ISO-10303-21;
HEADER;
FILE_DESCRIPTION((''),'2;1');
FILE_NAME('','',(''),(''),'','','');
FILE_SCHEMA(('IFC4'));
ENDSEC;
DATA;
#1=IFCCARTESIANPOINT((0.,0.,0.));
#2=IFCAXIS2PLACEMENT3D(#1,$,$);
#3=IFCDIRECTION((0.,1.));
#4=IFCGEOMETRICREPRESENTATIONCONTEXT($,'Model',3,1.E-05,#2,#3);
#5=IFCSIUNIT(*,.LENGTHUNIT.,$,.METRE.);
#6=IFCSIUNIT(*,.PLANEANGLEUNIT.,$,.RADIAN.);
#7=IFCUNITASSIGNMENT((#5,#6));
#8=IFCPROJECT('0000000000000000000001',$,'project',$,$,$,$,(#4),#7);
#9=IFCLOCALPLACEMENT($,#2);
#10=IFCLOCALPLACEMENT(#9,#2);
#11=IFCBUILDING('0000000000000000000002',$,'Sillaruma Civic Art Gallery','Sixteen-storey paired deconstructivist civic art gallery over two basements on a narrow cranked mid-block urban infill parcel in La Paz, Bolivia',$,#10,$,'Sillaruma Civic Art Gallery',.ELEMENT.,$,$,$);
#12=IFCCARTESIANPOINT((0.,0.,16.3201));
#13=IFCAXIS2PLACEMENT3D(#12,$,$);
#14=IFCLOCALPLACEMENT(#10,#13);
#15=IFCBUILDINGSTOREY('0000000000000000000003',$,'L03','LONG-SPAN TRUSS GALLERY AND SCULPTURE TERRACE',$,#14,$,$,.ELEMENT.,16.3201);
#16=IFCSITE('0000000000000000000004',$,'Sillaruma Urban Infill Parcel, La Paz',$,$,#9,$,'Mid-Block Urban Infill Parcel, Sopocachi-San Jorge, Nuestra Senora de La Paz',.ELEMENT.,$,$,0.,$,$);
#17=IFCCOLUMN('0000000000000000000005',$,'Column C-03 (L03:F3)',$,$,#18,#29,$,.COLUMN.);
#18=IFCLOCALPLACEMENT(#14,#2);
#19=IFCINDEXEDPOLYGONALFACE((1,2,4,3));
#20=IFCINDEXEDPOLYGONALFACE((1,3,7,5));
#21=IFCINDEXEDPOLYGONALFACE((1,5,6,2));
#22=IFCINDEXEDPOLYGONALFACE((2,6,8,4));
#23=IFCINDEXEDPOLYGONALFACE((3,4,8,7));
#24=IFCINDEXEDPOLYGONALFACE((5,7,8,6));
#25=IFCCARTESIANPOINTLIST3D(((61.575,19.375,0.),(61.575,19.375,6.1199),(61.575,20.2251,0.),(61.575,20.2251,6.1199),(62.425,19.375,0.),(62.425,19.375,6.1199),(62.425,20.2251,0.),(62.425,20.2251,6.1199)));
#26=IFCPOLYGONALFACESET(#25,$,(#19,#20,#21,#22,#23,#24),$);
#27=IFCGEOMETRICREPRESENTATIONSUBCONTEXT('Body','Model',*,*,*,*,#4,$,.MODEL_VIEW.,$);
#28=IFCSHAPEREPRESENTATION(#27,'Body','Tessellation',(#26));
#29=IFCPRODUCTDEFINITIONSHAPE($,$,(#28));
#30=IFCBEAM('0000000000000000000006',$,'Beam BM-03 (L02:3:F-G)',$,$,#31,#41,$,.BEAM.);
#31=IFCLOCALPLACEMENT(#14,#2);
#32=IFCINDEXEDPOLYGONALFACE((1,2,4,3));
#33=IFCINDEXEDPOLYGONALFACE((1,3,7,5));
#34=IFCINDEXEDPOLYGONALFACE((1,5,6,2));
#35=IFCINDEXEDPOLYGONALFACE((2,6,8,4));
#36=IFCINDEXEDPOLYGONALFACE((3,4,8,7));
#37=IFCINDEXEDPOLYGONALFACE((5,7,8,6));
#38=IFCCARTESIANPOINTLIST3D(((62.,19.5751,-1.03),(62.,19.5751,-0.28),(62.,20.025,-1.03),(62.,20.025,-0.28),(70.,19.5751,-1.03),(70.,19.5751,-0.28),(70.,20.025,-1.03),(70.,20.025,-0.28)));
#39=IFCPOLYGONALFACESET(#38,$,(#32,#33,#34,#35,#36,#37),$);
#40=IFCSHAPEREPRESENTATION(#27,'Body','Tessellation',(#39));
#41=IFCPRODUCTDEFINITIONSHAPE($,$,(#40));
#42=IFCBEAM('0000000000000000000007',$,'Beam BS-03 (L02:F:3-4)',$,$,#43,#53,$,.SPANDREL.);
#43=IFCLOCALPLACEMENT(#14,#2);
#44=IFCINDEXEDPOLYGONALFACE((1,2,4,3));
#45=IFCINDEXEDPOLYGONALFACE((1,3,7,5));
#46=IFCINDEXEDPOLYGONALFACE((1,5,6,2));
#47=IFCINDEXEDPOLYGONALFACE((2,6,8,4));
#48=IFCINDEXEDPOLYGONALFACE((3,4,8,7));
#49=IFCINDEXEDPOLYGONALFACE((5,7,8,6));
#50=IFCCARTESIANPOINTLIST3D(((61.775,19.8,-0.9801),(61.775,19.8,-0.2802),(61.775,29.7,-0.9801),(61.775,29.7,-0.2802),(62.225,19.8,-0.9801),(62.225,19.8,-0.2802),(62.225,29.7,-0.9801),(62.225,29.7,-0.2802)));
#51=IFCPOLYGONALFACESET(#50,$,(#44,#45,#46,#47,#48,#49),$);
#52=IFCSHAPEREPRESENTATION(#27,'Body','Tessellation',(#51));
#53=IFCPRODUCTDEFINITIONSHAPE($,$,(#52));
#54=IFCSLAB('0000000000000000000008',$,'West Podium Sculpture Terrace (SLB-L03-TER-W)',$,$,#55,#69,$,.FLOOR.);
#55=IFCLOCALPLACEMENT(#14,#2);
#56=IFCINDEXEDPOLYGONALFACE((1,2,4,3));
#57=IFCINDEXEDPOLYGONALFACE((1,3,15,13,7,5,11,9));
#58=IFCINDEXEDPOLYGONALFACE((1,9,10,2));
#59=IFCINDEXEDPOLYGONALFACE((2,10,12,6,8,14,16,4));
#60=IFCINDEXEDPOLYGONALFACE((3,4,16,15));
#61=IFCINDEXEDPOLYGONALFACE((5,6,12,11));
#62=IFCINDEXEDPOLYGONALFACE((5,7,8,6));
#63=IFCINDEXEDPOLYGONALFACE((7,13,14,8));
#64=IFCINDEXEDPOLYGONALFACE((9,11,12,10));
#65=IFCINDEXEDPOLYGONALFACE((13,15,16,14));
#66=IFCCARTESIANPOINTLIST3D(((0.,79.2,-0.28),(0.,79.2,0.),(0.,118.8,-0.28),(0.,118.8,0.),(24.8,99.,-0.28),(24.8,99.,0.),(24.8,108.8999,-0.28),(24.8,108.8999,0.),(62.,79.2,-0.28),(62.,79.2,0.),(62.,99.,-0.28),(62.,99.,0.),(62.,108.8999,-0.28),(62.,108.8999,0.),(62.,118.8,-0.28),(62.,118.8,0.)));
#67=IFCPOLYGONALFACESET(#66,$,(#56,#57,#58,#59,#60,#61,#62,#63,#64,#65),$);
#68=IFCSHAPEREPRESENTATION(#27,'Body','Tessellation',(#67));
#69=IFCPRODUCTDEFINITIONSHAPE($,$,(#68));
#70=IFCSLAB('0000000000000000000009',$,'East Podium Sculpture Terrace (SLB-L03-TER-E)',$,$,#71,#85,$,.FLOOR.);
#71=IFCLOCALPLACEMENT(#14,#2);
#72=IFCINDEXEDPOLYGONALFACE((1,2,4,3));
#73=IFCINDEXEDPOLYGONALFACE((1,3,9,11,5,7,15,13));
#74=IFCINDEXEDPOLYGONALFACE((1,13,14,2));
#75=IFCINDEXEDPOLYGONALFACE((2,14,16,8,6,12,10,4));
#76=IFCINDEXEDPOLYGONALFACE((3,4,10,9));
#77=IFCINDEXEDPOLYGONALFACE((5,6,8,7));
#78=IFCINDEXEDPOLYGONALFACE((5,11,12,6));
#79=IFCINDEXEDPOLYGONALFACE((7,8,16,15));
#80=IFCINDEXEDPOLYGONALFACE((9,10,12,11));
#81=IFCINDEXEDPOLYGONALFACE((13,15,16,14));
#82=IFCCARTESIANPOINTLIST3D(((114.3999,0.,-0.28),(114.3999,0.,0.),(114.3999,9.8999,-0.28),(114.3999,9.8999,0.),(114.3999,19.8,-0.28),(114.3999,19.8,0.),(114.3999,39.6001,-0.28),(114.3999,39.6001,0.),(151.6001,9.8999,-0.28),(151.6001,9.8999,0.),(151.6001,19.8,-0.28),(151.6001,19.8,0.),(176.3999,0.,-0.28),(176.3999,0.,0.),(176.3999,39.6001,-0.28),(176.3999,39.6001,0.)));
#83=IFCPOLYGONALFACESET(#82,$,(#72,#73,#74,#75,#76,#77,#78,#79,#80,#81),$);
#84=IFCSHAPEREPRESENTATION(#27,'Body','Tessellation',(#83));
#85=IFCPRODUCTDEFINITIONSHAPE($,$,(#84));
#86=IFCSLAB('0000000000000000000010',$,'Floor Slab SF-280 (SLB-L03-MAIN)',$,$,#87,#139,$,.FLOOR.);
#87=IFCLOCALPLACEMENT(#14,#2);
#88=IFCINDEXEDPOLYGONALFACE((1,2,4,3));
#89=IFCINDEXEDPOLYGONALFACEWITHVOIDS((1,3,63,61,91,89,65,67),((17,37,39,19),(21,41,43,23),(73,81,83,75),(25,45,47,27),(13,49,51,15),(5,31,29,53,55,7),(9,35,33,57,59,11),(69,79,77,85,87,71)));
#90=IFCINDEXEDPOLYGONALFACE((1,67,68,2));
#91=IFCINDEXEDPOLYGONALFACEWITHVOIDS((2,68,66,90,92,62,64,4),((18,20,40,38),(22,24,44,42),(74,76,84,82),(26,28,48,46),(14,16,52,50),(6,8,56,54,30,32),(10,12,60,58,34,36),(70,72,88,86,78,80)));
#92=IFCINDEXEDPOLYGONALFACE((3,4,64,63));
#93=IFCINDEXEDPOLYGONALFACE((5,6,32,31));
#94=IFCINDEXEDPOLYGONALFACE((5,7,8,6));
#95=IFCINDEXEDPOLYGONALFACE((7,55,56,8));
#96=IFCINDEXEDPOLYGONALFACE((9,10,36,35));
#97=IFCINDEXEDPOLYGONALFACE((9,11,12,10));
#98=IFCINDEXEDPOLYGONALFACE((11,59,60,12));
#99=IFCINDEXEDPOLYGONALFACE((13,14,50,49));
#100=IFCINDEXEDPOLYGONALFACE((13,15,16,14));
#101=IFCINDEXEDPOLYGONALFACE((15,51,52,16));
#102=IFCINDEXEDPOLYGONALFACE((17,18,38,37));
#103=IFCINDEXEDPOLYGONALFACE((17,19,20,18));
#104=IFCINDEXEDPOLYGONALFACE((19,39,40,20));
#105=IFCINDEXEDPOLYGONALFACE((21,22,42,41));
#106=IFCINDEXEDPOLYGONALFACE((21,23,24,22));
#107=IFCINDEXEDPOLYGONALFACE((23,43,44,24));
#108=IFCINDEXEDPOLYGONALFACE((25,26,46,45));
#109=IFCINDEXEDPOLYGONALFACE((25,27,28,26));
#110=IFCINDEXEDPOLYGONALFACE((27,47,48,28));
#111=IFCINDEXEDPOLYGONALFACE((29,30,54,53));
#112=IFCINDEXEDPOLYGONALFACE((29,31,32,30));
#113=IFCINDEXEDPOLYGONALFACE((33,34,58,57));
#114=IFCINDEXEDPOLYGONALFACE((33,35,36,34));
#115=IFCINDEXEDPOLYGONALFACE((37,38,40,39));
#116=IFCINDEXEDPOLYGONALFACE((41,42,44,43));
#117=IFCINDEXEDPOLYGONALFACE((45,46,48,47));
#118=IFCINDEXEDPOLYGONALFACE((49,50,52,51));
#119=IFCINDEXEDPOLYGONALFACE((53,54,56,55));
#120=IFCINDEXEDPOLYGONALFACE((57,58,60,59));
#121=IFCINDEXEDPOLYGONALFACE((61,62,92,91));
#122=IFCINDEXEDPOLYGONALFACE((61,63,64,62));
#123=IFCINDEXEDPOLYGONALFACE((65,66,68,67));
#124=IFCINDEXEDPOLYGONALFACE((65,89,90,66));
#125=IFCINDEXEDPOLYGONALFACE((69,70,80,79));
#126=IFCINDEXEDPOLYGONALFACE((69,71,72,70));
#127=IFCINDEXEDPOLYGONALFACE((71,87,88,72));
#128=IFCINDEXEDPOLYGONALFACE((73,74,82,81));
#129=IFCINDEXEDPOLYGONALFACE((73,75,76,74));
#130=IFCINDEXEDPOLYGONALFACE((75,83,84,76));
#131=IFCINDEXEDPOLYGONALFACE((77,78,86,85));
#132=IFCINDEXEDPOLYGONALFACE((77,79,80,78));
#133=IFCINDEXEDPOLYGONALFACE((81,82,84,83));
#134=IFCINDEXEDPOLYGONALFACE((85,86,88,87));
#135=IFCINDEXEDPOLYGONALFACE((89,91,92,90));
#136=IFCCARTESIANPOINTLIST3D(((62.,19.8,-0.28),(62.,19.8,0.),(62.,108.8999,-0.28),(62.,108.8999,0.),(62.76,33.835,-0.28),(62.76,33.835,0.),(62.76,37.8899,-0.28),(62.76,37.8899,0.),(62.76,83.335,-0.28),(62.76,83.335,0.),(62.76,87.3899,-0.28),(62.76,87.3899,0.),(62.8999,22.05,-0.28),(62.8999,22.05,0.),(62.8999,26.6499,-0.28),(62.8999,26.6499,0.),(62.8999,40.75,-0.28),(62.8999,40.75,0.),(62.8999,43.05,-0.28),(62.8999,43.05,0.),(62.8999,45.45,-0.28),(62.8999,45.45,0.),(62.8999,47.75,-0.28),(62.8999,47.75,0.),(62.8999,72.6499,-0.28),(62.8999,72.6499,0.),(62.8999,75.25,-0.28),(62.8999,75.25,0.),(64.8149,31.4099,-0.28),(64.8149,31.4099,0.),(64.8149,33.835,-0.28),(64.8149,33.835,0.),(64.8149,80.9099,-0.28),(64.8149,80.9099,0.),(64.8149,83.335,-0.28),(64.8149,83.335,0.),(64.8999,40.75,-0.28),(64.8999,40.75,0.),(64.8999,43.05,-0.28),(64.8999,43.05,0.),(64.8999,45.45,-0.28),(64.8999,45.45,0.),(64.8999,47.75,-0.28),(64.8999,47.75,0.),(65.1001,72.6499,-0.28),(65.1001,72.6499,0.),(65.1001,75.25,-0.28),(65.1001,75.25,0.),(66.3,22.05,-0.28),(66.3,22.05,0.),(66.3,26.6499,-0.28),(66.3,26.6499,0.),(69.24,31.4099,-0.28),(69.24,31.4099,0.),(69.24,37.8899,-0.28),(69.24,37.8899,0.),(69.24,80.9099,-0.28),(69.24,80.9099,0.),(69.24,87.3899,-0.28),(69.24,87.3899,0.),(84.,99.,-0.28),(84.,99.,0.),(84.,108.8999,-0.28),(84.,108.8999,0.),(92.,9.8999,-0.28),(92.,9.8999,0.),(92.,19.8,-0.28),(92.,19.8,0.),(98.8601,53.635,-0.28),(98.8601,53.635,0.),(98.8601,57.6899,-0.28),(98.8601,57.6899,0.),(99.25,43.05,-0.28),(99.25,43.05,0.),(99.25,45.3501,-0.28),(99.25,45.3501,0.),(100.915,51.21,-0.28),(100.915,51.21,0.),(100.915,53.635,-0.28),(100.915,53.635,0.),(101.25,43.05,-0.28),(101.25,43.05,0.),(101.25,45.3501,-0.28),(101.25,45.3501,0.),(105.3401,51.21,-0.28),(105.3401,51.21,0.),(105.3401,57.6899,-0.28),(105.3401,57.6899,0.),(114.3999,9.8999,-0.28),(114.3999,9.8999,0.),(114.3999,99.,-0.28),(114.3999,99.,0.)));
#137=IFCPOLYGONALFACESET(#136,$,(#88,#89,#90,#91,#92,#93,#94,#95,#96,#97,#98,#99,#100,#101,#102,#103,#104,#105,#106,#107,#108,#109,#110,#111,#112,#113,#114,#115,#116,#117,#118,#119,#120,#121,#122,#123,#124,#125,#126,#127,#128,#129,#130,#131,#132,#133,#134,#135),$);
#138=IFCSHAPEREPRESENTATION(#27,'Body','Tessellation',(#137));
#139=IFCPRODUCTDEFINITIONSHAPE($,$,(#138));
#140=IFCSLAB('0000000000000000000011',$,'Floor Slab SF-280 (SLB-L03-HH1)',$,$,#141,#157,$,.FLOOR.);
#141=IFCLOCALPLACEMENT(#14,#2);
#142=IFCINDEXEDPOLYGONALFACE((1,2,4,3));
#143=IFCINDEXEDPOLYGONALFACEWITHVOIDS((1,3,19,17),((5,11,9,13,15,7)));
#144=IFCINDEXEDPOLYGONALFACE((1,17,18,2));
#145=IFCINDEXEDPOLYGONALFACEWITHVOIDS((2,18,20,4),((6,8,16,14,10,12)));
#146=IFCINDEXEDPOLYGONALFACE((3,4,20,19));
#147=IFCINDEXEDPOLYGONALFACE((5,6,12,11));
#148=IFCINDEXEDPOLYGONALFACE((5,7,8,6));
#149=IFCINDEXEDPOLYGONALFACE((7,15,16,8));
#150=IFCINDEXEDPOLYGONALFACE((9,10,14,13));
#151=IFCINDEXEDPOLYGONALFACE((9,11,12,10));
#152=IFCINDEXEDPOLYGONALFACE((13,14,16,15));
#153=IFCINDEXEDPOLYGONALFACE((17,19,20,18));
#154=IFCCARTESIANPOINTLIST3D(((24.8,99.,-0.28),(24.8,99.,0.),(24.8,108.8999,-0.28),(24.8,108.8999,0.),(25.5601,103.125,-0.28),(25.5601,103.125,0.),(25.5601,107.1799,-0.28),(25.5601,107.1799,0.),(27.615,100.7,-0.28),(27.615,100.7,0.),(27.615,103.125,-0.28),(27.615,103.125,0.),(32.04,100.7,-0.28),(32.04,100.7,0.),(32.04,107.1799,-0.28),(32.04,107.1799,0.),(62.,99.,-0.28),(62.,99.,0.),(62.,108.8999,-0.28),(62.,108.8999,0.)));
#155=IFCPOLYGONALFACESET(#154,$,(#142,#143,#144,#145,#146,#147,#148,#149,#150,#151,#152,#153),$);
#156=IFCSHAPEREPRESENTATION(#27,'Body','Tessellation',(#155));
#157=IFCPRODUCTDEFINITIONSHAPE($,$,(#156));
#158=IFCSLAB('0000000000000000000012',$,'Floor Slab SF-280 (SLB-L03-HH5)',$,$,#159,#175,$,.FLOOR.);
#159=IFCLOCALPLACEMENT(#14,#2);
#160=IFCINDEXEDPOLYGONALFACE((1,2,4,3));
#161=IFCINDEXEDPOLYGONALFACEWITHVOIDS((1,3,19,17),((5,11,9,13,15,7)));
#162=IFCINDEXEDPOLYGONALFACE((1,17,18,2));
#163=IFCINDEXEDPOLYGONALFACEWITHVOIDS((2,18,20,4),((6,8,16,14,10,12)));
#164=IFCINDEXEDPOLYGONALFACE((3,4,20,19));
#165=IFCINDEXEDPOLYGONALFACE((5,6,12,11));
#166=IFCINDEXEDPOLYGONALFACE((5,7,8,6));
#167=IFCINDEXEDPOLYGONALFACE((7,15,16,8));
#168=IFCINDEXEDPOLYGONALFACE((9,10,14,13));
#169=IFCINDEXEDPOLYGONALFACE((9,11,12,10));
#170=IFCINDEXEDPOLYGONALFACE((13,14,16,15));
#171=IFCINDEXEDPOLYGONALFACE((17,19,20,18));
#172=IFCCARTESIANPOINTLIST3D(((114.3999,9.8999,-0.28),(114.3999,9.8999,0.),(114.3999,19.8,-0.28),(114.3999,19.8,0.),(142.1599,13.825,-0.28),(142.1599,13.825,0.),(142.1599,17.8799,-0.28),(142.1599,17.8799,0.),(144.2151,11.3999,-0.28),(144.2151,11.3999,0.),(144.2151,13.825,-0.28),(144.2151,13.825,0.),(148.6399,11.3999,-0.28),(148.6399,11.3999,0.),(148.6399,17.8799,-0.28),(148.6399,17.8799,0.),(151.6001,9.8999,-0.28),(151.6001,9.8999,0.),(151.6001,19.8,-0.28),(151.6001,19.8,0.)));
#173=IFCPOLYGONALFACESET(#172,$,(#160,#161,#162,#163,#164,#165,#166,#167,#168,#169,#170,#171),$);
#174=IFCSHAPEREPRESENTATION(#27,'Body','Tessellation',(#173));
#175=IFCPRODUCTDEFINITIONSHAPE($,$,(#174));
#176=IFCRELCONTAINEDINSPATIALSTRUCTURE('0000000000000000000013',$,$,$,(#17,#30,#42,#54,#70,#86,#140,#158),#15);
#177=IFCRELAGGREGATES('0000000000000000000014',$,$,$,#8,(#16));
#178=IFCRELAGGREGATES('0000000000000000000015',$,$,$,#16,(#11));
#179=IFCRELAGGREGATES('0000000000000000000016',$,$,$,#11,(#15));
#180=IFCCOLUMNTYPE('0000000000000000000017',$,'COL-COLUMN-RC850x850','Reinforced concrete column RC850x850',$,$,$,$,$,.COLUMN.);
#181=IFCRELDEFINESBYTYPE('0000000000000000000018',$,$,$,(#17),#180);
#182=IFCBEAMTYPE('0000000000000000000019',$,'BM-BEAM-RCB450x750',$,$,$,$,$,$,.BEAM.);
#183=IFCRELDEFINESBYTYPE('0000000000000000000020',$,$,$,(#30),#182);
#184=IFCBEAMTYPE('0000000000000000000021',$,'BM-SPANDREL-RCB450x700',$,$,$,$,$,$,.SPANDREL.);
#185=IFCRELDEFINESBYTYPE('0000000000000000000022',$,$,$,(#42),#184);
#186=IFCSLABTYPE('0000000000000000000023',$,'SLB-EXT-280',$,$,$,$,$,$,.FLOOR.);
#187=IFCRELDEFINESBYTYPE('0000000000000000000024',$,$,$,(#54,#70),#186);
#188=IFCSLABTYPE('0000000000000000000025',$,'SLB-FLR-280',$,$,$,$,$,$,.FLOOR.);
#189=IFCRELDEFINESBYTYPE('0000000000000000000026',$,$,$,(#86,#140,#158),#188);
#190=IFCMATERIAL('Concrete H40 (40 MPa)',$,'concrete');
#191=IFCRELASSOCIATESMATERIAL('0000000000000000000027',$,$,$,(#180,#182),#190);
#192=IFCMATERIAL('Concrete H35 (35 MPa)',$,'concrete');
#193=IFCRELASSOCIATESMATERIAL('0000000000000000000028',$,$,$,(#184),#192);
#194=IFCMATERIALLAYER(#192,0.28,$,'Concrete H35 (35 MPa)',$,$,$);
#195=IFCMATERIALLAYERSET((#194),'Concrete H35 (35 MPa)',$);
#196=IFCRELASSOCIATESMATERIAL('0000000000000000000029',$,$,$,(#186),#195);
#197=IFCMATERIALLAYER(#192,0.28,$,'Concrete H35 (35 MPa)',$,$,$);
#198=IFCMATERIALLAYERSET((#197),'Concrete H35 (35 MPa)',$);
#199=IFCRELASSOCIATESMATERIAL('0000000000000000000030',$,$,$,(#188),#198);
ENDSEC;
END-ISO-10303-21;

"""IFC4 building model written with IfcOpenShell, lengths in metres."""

from ifc_helpers import new_model, si_unit, direction, frame, origin, origin_2d, place, context, subcontext, project, spatial, polyline, rectangle, outline, extrude, material, layer, layer_set, material_profile, profile_set, type_object, element, save


model = new_model("IFC4")

# Units and contexts
model_context = context("Model", 3, precision=1e-05, world=origin(), true_north=direction((0.0, 1.0)))
body_context = subcontext(model_context, "Body", "Model", "MODEL_VIEW")
ifc_project = project(units=[si_unit("LENGTHUNIT", "METRE"), si_unit("PLANEANGLEUNIT", "RADIAN")], contexts=[model_context])

# Site, building, storey
site_placement = place(None, origin())
site = spatial("IfcSite", under=ifc_project, at=site_placement, Name="Sillaruma Urban Infill Parcel, La Paz", LongName="Mid-Block Urban Infill Parcel, Sopocachi-San Jorge, Nuestra Senora de La Paz", CompositionType="ELEMENT", RefElevation=0.0)
building_placement = place(site_placement, origin())
building = spatial("IfcBuilding", under=site, at=building_placement, Name="Sillaruma Civic Art Gallery", Description="Sixteen-storey paired deconstructivist civic art gallery over two basements on a narrow cranked mid-block urban infill parcel in La Paz, Bolivia", LongName="Sillaruma Civic Art Gallery", CompositionType="ELEMENT")
storey_placement = place(building_placement, frame((0.0, 0.0, 16.3201)))
storey = spatial("IfcBuildingStorey", under=building, at=storey_placement, Name="L03", Description="LONG-SPAN TRUSS GALLERY AND SCULPTURE TERRACE", CompositionType="ELEMENT", Elevation=16.3201)

# Column
ifc_material_1 = material(Name="Concrete H40 (40 MPa)", Category="concrete")
ifc_material_profile_1 = material_profile(ifc_material_1, rectangle(XDim=0.8501, YDim=0.8501, at=origin_2d()), Name="RC850x850")
ifc_profile_set_1 = profile_set([ifc_material_profile_1], Name="Concrete H40 (40 MPa)")
column_type = type_object("IfcColumnType", Name="COL-COLUMN-RC850x850", Description="Reinforced concrete column RC850x850", PredefinedType="COLUMN", material=ifc_profile_set_1)
column_placement = place(storey_placement, frame((62.0, 19.8, 0.0), z_axis=(0.0, 0.0, 1.0), x_axis=(1.0, 0.0, 0.0)))
element("IfcColumn", 1, at=column_placement, inside=storey, type_object=column_type, Name="Column C-03 (L03:F3)", PredefinedType="COLUMN", context=body_context, shape_type="SweptSolid", body=[
    extrude(rectangle(XDim=0.8501, YDim=0.8501, at=origin_2d()), origin(), (0.0, 0.0, 1.0), 6.1199),
])

# Beams
ifc_material_profile_2 = material_profile(ifc_material_1, rectangle(XDim=0.45, YDim=0.75, at=origin_2d()), Name="RCB450x750")
ifc_profile_set_2 = profile_set([ifc_material_profile_2], Name="Concrete H40 (40 MPa)")
beam_type_1 = type_object("IfcBeamType", Name="BM-BEAM-RCB450x750", PredefinedType="BEAM", material=ifc_profile_set_2)
beam_1_placement = place(storey_placement, frame((62.0, 19.8, -0.655), z_axis=(1.0, 0.0, 0.0), x_axis=(0.0, 1.0, 0.0)))
element("IfcBeam", 2, at=beam_1_placement, inside=storey, type_object=beam_type_1, Name="Beam BM-03 (L02:3:F-G)", PredefinedType="BEAM", context=body_context, shape_type="SweptSolid", body=[
    extrude(rectangle(XDim=0.45, YDim=0.75, at=origin_2d()), origin(), (0.0, 0.0, 1.0), 8.0),
])
ifc_material_2 = material(Name="Concrete H35 (35 MPa)", Category="concrete")
ifc_material_profile_3 = material_profile(ifc_material_2, rectangle(XDim=0.45, YDim=0.7, at=origin_2d()), Name="RCB450x700")
ifc_profile_set_3 = profile_set([ifc_material_profile_3], Name="Concrete H35 (35 MPa)")
beam_type_2 = type_object("IfcBeamType", Name="BM-SPANDREL-RCB450x700", PredefinedType="SPANDREL", material=ifc_profile_set_3)
beam_2_placement = place(storey_placement, frame((62.0, 19.8, -0.6301), z_axis=(0.0, 1.0, 0.0), x_axis=(-1.0, 0.0, 0.0)))
element("IfcBeam", 3, at=beam_2_placement, inside=storey, type_object=beam_type_2, Name="Beam BS-03 (L02:F:3-4)", PredefinedType="SPANDREL", context=body_context, shape_type="SweptSolid", body=[
    extrude(rectangle(XDim=0.45, YDim=0.7, at=origin_2d()), origin(), (0.0, 0.0, 1.0), 9.8999),
])

# Slabs
ifc_layer_1 = layer(ifc_material_2, 0.28, Name="Concrete H35 (35 MPa)")
ifc_layer_set_1 = layer_set([ifc_layer_1], Name="Concrete H35 (35 MPa)")
slab_type_1 = type_object("IfcSlabType", Name="SLB-EXT-280", PredefinedType="FLOOR", material=ifc_layer_set_1)
slab_1_placement = place(storey_placement, frame((0.0, 0.0, -0.28)))
element("IfcSlab", 4, at=slab_1_placement, inside=storey, type_object=slab_type_1, Name="West Podium Sculpture Terrace (SLB-L03-TER-W)", PredefinedType="FLOOR", context=body_context, shape_type="SweptSolid", body=[
    extrude(outline(polyline([(0.0, 79.2), (62.0, 79.2), (62.0, 99.0), (24.8, 99.0), (24.8, 108.8999), (62.0, 108.8999), (62.0, 118.8), (0.0, 118.8), (0.0, 79.2)])), origin(), (0.0, 0.0, 1.0), 0.28),
])
slab_2_placement = place(storey_placement, frame((0.0, 0.0, -0.28)))
element("IfcSlab", 5, at=slab_2_placement, inside=storey, type_object=slab_type_1, Name="East Podium Sculpture Terrace (SLB-L03-TER-E)", PredefinedType="FLOOR", context=body_context, shape_type="SweptSolid", body=[
    extrude(outline(polyline([(114.3999, 0.0), (176.3999, 0.0), (176.3999, 39.6001), (114.3999, 39.6001), (114.3999, 19.8), (151.6001, 19.8), (151.6001, 9.8999), (114.3999, 9.8999), (114.3999, 0.0)])), origin(), (0.0, 0.0, 1.0), 0.28),
])
ifc_layer_2 = layer(ifc_material_2, 0.28, Name="Concrete H35 (35 MPa)")
ifc_layer_set_2 = layer_set([ifc_layer_2], Name="Concrete H35 (35 MPa)")
slab_type_2 = type_object("IfcSlabType", Name="SLB-FLR-280", PredefinedType="FLOOR", material=ifc_layer_set_2)
slab_3_placement = place(storey_placement, frame((0.0, 0.0, -0.28)))
element("IfcSlab", 6, at=slab_3_placement, inside=storey, type_object=slab_type_2, Name="Floor Slab SF-280 (SLB-L03-MAIN)", PredefinedType="FLOOR", context=body_context, shape_type="SweptSolid", body=[
    extrude(outline(polyline([(92.0, 9.8999), (114.3999, 9.8999), (114.3999, 99.0), (84.0, 99.0), (84.0, 108.8999), (62.0, 108.8999), (62.0, 19.8), (92.0, 19.8), (92.0, 9.8999)]), holes=[polyline([(64.8149, 80.9099), (69.24, 80.9099), (69.24, 87.3899), (62.76, 87.3899), (62.76, 83.335), (64.8149, 83.335), (64.8149, 80.9099)]), polyline([(64.8149, 31.4099), (69.24, 31.4099), (69.24, 37.8899), (62.76, 37.8899), (62.76, 33.835), (64.8149, 33.835), (64.8149, 31.4099)]), polyline([(100.915, 51.21), (105.3401, 51.21), (105.3401, 57.6899), (98.8601, 57.6899), (98.8601, 53.635), (100.915, 53.635), (100.915, 51.21)]), polyline([(62.8999, 40.75), (64.8999, 40.75), (64.8999, 43.05), (62.8999, 43.05), (62.8999, 40.75)]), polyline([(62.8999, 45.45), (64.8999, 45.45), (64.8999, 47.75), (62.8999, 47.75), (62.8999, 45.45)]), polyline([(99.25, 43.05), (101.25, 43.05), (101.25, 45.3501), (99.25, 45.3501), (99.25, 43.05)]), polyline([(62.8999, 72.6499), (65.1001, 72.6499), (65.1001, 75.25), (62.8999, 75.25), (62.8999, 72.6499)]), polyline([(62.8999, 22.05), (66.3, 22.05), (66.3, 26.6499), (62.8999, 26.6499), (62.8999, 22.05)])]), origin(), (0.0, 0.0, 1.0), 0.28),
])
slab_4_placement = place(storey_placement, frame((0.0, 0.0, -0.28)))
element("IfcSlab", 7, at=slab_4_placement, inside=storey, type_object=slab_type_2, Name="Floor Slab SF-280 (SLB-L03-HH1)", PredefinedType="FLOOR", context=body_context, shape_type="SweptSolid", body=[
    extrude(outline(polyline([(24.8, 99.0), (62.0, 99.0), (62.0, 108.8999), (24.8, 108.8999), (24.8, 99.0)]), holes=[polyline([(27.615, 100.7), (32.04, 100.7), (32.04, 107.1799), (25.5601, 107.1799), (25.5601, 103.125), (27.615, 103.125), (27.615, 100.7)])]), origin(), (0.0, 0.0, 1.0), 0.28),
])
slab_5_placement = place(storey_placement, frame((0.0, 0.0, -0.28)))
element("IfcSlab", 8, at=slab_5_placement, inside=storey, type_object=slab_type_2, Name="Floor Slab SF-280 (SLB-L03-HH5)", PredefinedType="FLOOR", context=body_context, shape_type="SweptSolid", body=[
    extrude(outline(polyline([(114.3999, 9.8999), (151.6001, 9.8999), (151.6001, 19.8), (114.3999, 19.8), (114.3999, 9.8999)]), holes=[polyline([(144.2151, 11.3999), (148.6399, 11.3999), (148.6399, 17.8799), (142.1599, 17.8799), (142.1599, 13.825), (144.2151, 13.825), (144.2151, 11.3999)])]), origin(), (0.0, 0.0, 1.0), 0.28),
])

save(model, "model.ifc")
